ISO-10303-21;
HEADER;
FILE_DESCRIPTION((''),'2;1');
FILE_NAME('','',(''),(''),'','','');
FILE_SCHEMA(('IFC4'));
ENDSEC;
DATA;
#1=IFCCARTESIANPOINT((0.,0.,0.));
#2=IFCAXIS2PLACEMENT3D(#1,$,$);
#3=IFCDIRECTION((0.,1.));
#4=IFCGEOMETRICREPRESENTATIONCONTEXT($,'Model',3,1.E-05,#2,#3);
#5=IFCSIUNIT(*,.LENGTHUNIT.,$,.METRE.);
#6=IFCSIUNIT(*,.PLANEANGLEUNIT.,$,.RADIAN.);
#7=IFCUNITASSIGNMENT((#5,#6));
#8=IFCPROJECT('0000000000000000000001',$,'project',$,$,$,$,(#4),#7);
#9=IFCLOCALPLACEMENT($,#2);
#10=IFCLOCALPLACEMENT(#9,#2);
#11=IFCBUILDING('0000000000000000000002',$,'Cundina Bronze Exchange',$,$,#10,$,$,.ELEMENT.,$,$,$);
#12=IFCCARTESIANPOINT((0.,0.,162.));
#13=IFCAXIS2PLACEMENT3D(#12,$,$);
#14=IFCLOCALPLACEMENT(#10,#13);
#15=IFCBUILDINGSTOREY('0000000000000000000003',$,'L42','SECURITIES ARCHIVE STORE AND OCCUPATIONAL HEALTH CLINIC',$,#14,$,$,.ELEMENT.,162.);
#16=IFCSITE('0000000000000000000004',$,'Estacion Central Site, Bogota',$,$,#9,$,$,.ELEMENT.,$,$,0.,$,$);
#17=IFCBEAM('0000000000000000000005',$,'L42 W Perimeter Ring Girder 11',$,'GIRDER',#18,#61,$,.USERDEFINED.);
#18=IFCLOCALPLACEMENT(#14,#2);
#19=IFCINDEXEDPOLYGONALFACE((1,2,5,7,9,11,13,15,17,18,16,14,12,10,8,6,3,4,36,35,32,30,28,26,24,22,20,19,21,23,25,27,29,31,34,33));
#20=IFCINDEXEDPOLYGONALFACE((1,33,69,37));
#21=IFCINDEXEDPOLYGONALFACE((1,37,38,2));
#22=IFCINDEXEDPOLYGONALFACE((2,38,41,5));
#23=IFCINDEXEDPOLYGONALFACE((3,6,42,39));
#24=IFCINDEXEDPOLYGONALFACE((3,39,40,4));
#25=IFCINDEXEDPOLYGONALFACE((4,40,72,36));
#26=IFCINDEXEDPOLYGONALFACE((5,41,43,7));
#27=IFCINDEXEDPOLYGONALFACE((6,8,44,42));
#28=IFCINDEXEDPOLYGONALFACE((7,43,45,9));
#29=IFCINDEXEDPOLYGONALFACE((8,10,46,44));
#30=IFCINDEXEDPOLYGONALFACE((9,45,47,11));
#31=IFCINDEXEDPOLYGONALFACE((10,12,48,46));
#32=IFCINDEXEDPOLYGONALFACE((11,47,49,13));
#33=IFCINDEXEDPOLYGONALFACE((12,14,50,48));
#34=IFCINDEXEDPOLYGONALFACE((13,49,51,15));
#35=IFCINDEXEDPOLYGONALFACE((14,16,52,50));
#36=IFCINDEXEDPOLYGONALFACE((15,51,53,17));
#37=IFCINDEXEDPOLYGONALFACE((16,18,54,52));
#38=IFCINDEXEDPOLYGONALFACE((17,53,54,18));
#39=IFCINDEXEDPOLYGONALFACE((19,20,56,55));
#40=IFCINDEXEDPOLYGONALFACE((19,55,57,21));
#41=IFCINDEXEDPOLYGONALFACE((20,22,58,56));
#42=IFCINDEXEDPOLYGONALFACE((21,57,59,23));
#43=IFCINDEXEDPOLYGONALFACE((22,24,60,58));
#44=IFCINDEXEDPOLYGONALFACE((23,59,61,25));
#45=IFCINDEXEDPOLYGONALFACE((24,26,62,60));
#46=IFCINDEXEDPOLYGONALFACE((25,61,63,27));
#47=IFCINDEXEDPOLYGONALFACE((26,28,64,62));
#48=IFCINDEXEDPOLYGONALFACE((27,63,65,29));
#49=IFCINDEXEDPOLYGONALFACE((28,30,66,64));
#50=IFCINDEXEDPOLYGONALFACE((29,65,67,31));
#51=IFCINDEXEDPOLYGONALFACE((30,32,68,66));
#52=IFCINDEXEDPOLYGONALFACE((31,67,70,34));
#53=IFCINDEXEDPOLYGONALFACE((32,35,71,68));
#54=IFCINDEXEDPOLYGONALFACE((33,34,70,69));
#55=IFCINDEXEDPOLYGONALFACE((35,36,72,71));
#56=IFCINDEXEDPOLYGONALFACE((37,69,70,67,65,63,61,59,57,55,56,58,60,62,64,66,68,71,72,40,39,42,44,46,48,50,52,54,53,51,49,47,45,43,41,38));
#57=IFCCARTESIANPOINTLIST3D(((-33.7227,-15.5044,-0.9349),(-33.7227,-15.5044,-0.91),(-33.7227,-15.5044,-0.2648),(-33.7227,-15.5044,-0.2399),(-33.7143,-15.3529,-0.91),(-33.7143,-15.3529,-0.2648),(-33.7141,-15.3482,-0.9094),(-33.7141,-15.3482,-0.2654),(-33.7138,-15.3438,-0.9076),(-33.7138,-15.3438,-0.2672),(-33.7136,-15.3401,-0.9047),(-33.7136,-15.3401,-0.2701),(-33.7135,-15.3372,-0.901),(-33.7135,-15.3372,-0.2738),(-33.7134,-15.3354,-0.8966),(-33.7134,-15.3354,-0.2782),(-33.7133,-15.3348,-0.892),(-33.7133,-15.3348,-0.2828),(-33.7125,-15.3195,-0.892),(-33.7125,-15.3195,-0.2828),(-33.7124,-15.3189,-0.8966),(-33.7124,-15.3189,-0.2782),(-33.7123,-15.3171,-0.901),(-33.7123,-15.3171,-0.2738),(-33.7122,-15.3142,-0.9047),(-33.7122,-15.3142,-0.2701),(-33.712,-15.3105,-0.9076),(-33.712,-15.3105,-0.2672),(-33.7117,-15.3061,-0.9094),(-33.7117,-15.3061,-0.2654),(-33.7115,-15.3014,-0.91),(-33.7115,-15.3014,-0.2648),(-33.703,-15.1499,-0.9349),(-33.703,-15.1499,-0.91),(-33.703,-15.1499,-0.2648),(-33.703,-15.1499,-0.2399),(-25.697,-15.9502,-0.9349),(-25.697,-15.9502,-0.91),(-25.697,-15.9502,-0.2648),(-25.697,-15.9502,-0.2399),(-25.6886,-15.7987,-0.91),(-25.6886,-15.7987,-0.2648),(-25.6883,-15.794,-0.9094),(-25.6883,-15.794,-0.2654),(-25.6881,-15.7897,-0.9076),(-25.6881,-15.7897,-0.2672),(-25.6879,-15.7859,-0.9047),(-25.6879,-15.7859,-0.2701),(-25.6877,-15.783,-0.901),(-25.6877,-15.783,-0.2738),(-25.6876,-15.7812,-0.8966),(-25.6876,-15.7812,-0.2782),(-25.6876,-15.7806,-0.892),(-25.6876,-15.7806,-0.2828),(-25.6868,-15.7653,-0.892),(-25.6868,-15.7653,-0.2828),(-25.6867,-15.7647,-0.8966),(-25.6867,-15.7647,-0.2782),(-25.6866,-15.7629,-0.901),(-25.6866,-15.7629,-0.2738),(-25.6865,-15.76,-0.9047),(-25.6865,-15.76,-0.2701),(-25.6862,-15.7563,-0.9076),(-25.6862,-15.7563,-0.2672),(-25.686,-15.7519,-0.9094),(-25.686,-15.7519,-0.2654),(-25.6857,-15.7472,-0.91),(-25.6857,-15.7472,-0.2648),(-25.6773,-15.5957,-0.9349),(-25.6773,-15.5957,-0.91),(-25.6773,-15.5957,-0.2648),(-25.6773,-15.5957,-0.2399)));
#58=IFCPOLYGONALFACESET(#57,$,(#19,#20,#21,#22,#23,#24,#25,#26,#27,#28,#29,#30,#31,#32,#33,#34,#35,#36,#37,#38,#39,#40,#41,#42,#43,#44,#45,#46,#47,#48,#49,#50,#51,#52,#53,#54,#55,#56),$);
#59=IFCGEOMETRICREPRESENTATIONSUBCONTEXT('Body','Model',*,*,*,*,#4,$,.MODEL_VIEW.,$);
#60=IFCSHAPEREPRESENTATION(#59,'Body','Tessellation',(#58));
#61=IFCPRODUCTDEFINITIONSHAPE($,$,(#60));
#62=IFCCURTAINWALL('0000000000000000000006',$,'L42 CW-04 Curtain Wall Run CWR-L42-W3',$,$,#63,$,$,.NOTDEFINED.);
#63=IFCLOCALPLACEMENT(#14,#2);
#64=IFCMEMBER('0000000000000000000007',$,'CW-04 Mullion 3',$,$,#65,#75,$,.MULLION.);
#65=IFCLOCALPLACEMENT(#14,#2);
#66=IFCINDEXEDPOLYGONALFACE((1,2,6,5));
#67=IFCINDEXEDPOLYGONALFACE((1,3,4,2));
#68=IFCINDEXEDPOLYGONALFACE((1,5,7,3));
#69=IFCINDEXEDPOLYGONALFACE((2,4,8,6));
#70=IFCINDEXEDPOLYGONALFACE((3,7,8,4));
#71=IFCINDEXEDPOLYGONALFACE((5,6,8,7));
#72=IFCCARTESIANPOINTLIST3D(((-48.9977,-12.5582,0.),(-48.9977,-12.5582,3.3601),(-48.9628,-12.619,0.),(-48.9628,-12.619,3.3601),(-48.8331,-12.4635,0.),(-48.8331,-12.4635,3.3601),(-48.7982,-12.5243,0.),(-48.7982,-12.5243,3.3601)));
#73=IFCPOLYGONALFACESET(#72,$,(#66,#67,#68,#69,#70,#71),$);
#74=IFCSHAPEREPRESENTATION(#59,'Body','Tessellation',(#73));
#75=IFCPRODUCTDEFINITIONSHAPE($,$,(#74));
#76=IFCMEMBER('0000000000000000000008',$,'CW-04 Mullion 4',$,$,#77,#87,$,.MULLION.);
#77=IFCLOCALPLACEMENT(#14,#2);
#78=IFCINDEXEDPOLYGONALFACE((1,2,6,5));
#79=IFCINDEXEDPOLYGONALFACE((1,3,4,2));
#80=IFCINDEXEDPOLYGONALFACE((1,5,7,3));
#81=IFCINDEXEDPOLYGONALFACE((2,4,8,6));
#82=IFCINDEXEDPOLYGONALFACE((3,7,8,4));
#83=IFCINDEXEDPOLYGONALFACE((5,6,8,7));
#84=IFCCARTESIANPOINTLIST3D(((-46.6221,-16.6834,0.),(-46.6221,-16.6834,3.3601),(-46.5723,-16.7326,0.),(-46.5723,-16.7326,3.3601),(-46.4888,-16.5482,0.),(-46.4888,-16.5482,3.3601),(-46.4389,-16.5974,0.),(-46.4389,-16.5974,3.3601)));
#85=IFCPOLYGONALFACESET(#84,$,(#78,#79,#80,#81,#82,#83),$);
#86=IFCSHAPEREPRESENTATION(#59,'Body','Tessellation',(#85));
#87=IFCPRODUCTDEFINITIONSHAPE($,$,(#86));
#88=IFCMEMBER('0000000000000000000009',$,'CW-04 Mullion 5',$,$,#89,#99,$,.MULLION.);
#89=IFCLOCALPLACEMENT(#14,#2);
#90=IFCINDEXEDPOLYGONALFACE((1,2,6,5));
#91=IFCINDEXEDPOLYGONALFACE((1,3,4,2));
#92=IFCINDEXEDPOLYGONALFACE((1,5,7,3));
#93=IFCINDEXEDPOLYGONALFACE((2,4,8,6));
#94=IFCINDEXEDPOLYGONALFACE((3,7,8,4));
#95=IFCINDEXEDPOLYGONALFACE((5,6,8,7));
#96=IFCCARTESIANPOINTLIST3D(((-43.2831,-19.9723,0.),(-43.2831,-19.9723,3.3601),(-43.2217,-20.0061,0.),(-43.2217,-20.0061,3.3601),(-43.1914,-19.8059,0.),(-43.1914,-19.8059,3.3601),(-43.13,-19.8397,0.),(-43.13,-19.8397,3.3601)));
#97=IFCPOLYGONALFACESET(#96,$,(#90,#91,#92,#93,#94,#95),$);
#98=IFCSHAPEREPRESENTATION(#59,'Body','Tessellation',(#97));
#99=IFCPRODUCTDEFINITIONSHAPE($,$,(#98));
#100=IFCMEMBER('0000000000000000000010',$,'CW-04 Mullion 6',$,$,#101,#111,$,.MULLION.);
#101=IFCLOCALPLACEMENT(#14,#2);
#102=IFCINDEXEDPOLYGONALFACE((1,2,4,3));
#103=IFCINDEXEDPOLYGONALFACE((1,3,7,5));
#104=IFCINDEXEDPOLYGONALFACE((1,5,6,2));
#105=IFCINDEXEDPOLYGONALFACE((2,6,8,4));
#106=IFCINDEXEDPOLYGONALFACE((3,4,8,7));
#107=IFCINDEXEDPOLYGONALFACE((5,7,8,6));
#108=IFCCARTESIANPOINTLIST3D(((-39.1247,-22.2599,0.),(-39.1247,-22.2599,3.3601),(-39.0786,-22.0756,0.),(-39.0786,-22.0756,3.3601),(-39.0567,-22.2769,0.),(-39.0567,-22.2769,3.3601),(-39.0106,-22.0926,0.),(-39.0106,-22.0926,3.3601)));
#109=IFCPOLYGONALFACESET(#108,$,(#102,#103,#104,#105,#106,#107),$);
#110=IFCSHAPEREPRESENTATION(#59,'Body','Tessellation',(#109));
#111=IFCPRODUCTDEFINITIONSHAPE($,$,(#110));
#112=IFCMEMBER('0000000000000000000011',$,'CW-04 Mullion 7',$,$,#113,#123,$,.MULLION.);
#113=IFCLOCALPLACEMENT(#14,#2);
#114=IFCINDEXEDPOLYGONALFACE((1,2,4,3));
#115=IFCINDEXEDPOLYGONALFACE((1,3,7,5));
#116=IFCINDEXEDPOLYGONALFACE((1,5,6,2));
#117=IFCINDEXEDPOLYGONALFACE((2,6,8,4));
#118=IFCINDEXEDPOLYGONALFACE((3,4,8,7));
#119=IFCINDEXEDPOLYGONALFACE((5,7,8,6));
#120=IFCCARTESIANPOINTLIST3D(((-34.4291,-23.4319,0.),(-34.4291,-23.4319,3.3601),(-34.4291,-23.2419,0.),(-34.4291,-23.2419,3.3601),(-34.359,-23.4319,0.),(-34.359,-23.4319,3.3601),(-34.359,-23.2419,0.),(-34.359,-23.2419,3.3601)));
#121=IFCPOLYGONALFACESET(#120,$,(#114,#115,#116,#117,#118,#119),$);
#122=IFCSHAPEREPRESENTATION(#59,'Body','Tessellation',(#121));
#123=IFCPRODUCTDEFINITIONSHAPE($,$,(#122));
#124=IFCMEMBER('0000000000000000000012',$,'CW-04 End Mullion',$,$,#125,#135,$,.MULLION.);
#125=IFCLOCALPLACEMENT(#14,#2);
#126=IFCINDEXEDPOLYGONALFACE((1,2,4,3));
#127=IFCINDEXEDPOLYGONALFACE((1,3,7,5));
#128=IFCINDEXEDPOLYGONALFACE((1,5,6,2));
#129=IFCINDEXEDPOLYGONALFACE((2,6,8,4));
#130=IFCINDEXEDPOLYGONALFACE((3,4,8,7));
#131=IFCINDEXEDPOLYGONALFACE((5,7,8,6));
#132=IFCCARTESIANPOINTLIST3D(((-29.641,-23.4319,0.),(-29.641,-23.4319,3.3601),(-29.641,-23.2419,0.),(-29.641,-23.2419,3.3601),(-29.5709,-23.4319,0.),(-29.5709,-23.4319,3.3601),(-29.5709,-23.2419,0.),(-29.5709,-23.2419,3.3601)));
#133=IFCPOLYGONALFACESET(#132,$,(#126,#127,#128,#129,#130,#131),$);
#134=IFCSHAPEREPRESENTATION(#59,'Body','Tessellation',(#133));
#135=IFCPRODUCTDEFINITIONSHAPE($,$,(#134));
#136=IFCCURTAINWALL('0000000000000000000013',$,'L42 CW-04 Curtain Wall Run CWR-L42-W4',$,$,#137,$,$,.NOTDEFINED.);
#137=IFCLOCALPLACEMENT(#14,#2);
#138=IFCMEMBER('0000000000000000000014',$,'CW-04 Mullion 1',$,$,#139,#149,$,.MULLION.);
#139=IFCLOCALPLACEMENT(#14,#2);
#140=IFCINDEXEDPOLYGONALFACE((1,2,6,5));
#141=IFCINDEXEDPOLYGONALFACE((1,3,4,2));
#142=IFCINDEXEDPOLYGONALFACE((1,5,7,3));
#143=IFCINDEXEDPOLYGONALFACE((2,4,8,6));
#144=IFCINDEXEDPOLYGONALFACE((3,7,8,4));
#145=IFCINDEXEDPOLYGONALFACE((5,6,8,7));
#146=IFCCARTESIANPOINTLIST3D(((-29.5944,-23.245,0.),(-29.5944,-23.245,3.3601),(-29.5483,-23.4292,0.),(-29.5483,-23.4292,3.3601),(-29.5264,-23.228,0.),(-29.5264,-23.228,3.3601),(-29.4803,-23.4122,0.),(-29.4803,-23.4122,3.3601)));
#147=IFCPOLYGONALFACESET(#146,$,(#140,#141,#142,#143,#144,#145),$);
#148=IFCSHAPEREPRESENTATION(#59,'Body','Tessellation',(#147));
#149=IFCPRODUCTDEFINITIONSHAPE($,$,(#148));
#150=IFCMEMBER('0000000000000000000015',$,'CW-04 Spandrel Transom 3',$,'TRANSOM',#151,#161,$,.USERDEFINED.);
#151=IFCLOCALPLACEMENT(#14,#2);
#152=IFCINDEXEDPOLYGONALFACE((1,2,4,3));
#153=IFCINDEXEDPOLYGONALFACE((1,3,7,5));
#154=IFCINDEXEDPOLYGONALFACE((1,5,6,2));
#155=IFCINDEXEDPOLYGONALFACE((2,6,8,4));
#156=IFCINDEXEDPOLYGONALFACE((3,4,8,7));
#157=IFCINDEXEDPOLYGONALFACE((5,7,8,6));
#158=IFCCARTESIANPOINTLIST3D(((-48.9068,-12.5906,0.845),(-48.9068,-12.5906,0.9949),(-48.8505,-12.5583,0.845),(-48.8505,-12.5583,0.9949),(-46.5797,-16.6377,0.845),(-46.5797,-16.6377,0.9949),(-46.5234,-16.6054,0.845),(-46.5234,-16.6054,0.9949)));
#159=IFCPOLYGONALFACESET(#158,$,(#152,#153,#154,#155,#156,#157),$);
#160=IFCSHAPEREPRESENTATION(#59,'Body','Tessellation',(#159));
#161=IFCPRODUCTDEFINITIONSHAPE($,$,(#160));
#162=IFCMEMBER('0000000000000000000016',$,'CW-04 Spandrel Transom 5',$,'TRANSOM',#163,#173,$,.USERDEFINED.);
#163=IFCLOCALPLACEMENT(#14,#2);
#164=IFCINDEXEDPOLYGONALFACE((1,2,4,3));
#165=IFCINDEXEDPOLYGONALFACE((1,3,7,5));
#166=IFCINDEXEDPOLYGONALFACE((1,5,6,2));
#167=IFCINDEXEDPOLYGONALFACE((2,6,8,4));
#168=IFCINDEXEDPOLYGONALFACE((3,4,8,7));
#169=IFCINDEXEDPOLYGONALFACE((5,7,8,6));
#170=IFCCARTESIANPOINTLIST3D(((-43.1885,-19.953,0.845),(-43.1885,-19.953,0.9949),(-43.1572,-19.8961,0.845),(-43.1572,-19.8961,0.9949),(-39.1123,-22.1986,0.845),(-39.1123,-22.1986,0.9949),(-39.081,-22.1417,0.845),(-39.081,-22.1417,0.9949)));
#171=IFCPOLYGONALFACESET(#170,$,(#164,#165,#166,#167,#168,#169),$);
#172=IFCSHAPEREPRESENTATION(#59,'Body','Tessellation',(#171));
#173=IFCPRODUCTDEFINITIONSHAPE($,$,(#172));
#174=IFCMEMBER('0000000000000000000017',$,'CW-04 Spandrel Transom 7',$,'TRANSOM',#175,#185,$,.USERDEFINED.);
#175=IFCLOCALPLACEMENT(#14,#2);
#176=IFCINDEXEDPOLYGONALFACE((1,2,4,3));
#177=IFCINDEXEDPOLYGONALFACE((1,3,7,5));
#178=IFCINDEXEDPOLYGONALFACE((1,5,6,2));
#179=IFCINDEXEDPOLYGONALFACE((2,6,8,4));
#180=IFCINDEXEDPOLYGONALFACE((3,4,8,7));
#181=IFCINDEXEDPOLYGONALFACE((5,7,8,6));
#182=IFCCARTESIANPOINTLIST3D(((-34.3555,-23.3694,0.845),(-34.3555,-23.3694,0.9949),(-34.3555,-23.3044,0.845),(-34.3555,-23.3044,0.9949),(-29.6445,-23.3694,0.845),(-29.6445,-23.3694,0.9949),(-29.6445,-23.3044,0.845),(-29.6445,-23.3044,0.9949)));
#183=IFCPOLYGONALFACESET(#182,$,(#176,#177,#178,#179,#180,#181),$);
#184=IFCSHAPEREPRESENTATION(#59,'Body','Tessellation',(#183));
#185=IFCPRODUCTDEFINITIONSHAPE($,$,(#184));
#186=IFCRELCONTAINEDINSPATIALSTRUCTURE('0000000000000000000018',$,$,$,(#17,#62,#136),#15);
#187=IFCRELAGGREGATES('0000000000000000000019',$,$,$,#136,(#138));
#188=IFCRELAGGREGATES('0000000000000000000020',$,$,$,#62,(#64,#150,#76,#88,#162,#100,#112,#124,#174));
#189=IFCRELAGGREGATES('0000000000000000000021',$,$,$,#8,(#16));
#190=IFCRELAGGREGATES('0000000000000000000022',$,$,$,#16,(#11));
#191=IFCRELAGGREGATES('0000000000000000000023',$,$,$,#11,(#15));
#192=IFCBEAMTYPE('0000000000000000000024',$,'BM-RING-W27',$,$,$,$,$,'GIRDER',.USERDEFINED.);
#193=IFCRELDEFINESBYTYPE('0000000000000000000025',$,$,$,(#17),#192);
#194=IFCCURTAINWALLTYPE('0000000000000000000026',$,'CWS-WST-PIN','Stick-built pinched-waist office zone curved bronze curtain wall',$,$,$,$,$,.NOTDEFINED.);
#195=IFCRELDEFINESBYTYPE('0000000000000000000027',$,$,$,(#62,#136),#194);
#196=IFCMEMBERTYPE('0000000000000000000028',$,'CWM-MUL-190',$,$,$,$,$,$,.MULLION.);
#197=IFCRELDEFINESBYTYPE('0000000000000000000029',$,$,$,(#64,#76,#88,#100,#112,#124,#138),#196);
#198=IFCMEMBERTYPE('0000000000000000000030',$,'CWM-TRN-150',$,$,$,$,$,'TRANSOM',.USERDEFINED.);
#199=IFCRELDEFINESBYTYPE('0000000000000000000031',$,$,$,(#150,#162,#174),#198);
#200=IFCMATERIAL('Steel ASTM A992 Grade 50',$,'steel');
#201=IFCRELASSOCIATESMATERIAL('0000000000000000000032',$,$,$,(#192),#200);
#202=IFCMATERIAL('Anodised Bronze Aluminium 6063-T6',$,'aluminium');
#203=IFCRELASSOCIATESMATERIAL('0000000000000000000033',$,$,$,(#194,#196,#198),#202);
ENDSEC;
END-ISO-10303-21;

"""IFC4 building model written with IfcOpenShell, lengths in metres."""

from ifc_helpers import new_model, si_unit, direction, frame, origin, origin_2d, place, context, subcontext, project, spatial, rectangle, i_section, extrude, material, material_profile, profile_set, type_object, element, aggregate, save


model = new_model("IFC4")

# Units and contexts
model_context = context("Model", 3, precision=1e-05, world=origin(), true_north=direction((0.0, 1.0)))
body_context = subcontext(model_context, "Body", "Model", "MODEL_VIEW")
ifc_project = project(units=[si_unit("LENGTHUNIT", "METRE"), si_unit("PLANEANGLEUNIT", "RADIAN")], contexts=[model_context])

# Site, building, storey
site_placement = place(None, origin())
site = spatial("IfcSite", under=ifc_project, at=site_placement, Name="Estacion Central Site, Bogota", CompositionType="ELEMENT", RefElevation=0.0)
building_placement = place(site_placement, origin())
building = spatial("IfcBuilding", under=site, at=building_placement, Name="Cundina Bronze Exchange", CompositionType="ELEMENT")
storey_placement = place(building_placement, frame((0.0, 0.0, 162.0)))
storey = spatial("IfcBuildingStorey", under=building, at=storey_placement, Name="L42", Description="SECURITIES ARCHIVE STORE AND OCCUPATIONAL HEALTH CLINIC", CompositionType="ELEMENT", Elevation=162.0)

# Beam
ifc_material_1 = material(Name="Steel ASTM A992 Grade 50", Category="steel")
ifc_material_profile_1 = material_profile(ifc_material_1, i_section(OverallWidth=0.355, OverallDepth=0.6951, WebThickness=0.0154, FlangeThickness=0.0249, FilletRadius=0.0181, at=origin_2d()), Name="W27X146", Category="steel")
ifc_profile_set_1 = profile_set([ifc_material_profile_1], Name="Steel ASTM A992 Grade 50")
beam_type_1 = type_object("IfcBeamType", Name="BM-RING-W27", ElementType="GIRDER", PredefinedType="USERDEFINED", material=ifc_profile_set_1)
for number, where, z_axis, x_axis, name in (
    (1, (-33.7129, -15.3271, -0.5874), (0.998461, -0.055462, 0.0), (0.055462, 0.998461, 0.0), "L42 W Perimeter Ring Girder 11"),
):
    element("IfcBeam", number, at=place(storey_placement, frame(where, z_axis=z_axis, x_axis=x_axis)), inside=storey, type_object=beam_type_1, Name=name, ObjectType="GIRDER", PredefinedType="USERDEFINED", context=body_context, shape_type="SweptSolid", body=[
        extrude(i_section(OverallWidth=0.355, OverallDepth=0.6951, WebThickness=0.0154, FlangeThickness=0.0249, FilletRadius=0.0181, at=origin_2d()), origin(), (0.0, 0.0, 1.0), 8.0381),
    ])

# Curtain wall, members
ifc_material_2 = material(Name="Anodised Bronze Aluminium 6063-T6", Category="aluminium")
curtain_wall_type = type_object("IfcCurtainWallType", Name="CWS-WST-PIN", Description="Stick-built pinched-waist office zone curved bronze curtain wall", PredefinedType="NOTDEFINED", material=ifc_material_2)
curtain_wall_1_placement = place(storey_placement, origin())
curtain_wall_1 = element("IfcCurtainWall", 2, at=curtain_wall_1_placement, inside=storey, type_object=curtain_wall_type, Name="L42 CW-04 Curtain Wall Run CWR-L42-W3", PredefinedType="NOTDEFINED")
ifc_material_profile_2 = material_profile(ifc_material_2, rectangle(XDim=0.0701, YDim=0.1899, at=origin_2d()), Name="AL70X190", Category="aluminium")
ifc_profile_set_2 = profile_set([ifc_material_profile_2], Name="Anodised Bronze Aluminium 6063-T6")
member_type_1 = type_object("IfcMemberType", Name="CWM-MUL-190", PredefinedType="MULLION", material=ifc_profile_set_2)
member_1_placement = place(storey_placement, frame((-48.8979, -12.5413, 0.0), z_axis=(0.0, 0.0, 1.0), x_axis=(0.498488, -0.866897, 0.0)))
member_1 = element("IfcMember", 3, at=member_1_placement, type_object=member_type_1, Name="CW-04 Mullion 3", PredefinedType="MULLION", context=body_context, shape_type="SweptSolid", body=[
    extrude(rectangle(XDim=0.0701, YDim=0.1899, at=origin_2d()), origin(), (0.0, 0.0, 1.0), 3.3601),
])
member_2_placement = place(storey_placement, frame((-46.5305, -16.6404, 0.0), z_axis=(0.0, 0.0, 1.0), x_axis=(0.712026, -0.702153, 0.0)))
member_2 = element("IfcMember", 4, at=member_2_placement, type_object=member_type_1, Name="CW-04 Mullion 4", PredefinedType="MULLION", context=body_context, shape_type="SweptSolid", body=[
    extrude(rectangle(XDim=0.0701, YDim=0.1899, at=origin_2d()), origin(), (0.0, 0.0, 1.0), 3.3601),
])
member_3_placement = place(storey_placement, frame((-43.2065, -19.906, 0.0), z_axis=(0.0, 0.0, 1.0), x_axis=(0.875886, -0.482518, 0.0)))
member_3 = element("IfcMember", 5, at=member_3_placement, type_object=member_type_1, Name="CW-04 Mullion 5", PredefinedType="MULLION", context=body_context, shape_type="SweptSolid", body=[
    extrude(rectangle(XDim=0.0701, YDim=0.1899, at=origin_2d()), origin(), (0.0, 0.0, 1.0), 3.3601),
])
member_4_placement = place(storey_placement, frame((-39.0676, -22.1763, 0.0), z_axis=(0.0, 0.0, 1.0), x_axis=(0.970084, -0.242769, 0.0)))
member_4 = element("IfcMember", 6, at=member_4_placement, type_object=member_type_1, Name="CW-04 Mullion 6", PredefinedType="MULLION", context=body_context, shape_type="SweptSolid", body=[
    extrude(rectangle(XDim=0.0701, YDim=0.1899, at=origin_2d()), origin(), (0.0, 0.0, 1.0), 3.3601),
])
member_5_placement = place(storey_placement, frame((-34.394, -23.3369, 0.0), z_axis=(0.0, 0.0, 1.0), x_axis=(1.0, 0.0, 0.0)))
member_5 = element("IfcMember", 7, at=member_5_placement, type_object=member_type_1, Name="CW-04 Mullion 7", PredefinedType="MULLION", context=body_context, shape_type="SweptSolid", body=[
    extrude(rectangle(XDim=0.0701, YDim=0.1899, at=origin_2d()), origin(), (0.0, 0.0, 1.0), 3.3601),
])
member_6_placement = place(storey_placement, frame((-29.606, -23.3369, 0.0), z_axis=(0.0, 0.0, 1.0), x_axis=(1.0, 0.0, 0.0)))
member_6 = element("IfcMember", 8, at=member_6_placement, type_object=member_type_1, Name="CW-04 End Mullion", PredefinedType="MULLION", context=body_context, shape_type="SweptSolid", body=[
    extrude(rectangle(XDim=0.0701, YDim=0.1899, at=origin_2d()), origin(), (0.0, 0.0, 1.0), 3.3601),
])

# Curtain wall, member
curtain_wall_2_placement = place(storey_placement, origin())
curtain_wall_2 = element("IfcCurtainWall", 9, at=curtain_wall_2_placement, inside=storey, type_object=curtain_wall_type, Name="L42 CW-04 Curtain Wall Run CWR-L42-W4", PredefinedType="NOTDEFINED")
member_7_placement = place(storey_placement, frame((-29.5374, -23.3286, 0.0), z_axis=(0.0, 0.0, 1.0), x_axis=(0.970084, 0.242769, 0.0)))
member_7 = element("IfcMember", 10, at=member_7_placement, type_object=member_type_1, Name="CW-04 Mullion 1", PredefinedType="MULLION", context=body_context, shape_type="SweptSolid", body=[
    extrude(rectangle(XDim=0.0701, YDim=0.1899, at=origin_2d()), origin(), (0.0, 0.0, 1.0), 3.3601),
])
aggregate(curtain_wall_2, [member_7])

# Members
ifc_material_profile_3 = material_profile(ifc_material_2, rectangle(XDim=0.0649, YDim=0.1499, at=origin_2d()), Name="AL65X150", Category="aluminium")
ifc_profile_set_3 = profile_set([ifc_material_profile_3], Name="Anodised Bronze Aluminium 6063-T6")
member_type_2 = type_object("IfcMemberType", Name="CWM-TRN-150", ElementType="TRANSOM", PredefinedType="USERDEFINED", material=ifc_profile_set_3)
member_8_placement = place(storey_placement, frame((-48.8787, -12.5745, 0.9199), z_axis=(0.49848, -0.866901, 0.0), x_axis=(0.866901, 0.49848, 0.0)))
member_8 = element("IfcMember", 11, at=member_8_placement, type_object=member_type_2, Name="CW-04 Spandrel Transom 3", ObjectType="TRANSOM", PredefinedType="USERDEFINED", context=body_context, shape_type="SweptSolid", body=[
    extrude(rectangle(XDim=0.0649, YDim=0.1499, at=origin_2d()), origin(), (0.0, 0.0, 1.0), 4.6685),
])
member_9_placement = place(storey_placement, frame((-43.1729, -19.9246, 0.9199), z_axis=(0.875879, -0.482531, 0.0), x_axis=(0.482531, 0.875879, 0.0)))
member_9 = element("IfcMember", 12, at=member_9_placement, type_object=member_type_2, Name="CW-04 Spandrel Transom 5", ObjectType="TRANSOM", PredefinedType="USERDEFINED", context=body_context, shape_type="SweptSolid", body=[
    extrude(rectangle(XDim=0.0649, YDim=0.1499, at=origin_2d()), origin(), (0.0, 0.0, 1.0), 4.6538),
])
member_10_placement = place(storey_placement, frame((-34.3555, -23.3369, 0.9199), z_axis=(1.0, 0.0, 0.0), x_axis=(0.0, 1.0, 0.0)))
member_10 = element("IfcMember", 13, at=member_10_placement, type_object=member_type_2, Name="CW-04 Spandrel Transom 7", ObjectType="TRANSOM", PredefinedType="USERDEFINED", context=body_context, shape_type="SweptSolid", body=[
    extrude(rectangle(XDim=0.0649, YDim=0.1499, at=origin_2d()), origin(), (0.0, 0.0, 1.0), 4.7109),
])

aggregate(curtain_wall_1, [member_1, member_8, member_2, member_3, member_9, member_4, member_5, member_6, member_10])

save(model, "model.ifc")
